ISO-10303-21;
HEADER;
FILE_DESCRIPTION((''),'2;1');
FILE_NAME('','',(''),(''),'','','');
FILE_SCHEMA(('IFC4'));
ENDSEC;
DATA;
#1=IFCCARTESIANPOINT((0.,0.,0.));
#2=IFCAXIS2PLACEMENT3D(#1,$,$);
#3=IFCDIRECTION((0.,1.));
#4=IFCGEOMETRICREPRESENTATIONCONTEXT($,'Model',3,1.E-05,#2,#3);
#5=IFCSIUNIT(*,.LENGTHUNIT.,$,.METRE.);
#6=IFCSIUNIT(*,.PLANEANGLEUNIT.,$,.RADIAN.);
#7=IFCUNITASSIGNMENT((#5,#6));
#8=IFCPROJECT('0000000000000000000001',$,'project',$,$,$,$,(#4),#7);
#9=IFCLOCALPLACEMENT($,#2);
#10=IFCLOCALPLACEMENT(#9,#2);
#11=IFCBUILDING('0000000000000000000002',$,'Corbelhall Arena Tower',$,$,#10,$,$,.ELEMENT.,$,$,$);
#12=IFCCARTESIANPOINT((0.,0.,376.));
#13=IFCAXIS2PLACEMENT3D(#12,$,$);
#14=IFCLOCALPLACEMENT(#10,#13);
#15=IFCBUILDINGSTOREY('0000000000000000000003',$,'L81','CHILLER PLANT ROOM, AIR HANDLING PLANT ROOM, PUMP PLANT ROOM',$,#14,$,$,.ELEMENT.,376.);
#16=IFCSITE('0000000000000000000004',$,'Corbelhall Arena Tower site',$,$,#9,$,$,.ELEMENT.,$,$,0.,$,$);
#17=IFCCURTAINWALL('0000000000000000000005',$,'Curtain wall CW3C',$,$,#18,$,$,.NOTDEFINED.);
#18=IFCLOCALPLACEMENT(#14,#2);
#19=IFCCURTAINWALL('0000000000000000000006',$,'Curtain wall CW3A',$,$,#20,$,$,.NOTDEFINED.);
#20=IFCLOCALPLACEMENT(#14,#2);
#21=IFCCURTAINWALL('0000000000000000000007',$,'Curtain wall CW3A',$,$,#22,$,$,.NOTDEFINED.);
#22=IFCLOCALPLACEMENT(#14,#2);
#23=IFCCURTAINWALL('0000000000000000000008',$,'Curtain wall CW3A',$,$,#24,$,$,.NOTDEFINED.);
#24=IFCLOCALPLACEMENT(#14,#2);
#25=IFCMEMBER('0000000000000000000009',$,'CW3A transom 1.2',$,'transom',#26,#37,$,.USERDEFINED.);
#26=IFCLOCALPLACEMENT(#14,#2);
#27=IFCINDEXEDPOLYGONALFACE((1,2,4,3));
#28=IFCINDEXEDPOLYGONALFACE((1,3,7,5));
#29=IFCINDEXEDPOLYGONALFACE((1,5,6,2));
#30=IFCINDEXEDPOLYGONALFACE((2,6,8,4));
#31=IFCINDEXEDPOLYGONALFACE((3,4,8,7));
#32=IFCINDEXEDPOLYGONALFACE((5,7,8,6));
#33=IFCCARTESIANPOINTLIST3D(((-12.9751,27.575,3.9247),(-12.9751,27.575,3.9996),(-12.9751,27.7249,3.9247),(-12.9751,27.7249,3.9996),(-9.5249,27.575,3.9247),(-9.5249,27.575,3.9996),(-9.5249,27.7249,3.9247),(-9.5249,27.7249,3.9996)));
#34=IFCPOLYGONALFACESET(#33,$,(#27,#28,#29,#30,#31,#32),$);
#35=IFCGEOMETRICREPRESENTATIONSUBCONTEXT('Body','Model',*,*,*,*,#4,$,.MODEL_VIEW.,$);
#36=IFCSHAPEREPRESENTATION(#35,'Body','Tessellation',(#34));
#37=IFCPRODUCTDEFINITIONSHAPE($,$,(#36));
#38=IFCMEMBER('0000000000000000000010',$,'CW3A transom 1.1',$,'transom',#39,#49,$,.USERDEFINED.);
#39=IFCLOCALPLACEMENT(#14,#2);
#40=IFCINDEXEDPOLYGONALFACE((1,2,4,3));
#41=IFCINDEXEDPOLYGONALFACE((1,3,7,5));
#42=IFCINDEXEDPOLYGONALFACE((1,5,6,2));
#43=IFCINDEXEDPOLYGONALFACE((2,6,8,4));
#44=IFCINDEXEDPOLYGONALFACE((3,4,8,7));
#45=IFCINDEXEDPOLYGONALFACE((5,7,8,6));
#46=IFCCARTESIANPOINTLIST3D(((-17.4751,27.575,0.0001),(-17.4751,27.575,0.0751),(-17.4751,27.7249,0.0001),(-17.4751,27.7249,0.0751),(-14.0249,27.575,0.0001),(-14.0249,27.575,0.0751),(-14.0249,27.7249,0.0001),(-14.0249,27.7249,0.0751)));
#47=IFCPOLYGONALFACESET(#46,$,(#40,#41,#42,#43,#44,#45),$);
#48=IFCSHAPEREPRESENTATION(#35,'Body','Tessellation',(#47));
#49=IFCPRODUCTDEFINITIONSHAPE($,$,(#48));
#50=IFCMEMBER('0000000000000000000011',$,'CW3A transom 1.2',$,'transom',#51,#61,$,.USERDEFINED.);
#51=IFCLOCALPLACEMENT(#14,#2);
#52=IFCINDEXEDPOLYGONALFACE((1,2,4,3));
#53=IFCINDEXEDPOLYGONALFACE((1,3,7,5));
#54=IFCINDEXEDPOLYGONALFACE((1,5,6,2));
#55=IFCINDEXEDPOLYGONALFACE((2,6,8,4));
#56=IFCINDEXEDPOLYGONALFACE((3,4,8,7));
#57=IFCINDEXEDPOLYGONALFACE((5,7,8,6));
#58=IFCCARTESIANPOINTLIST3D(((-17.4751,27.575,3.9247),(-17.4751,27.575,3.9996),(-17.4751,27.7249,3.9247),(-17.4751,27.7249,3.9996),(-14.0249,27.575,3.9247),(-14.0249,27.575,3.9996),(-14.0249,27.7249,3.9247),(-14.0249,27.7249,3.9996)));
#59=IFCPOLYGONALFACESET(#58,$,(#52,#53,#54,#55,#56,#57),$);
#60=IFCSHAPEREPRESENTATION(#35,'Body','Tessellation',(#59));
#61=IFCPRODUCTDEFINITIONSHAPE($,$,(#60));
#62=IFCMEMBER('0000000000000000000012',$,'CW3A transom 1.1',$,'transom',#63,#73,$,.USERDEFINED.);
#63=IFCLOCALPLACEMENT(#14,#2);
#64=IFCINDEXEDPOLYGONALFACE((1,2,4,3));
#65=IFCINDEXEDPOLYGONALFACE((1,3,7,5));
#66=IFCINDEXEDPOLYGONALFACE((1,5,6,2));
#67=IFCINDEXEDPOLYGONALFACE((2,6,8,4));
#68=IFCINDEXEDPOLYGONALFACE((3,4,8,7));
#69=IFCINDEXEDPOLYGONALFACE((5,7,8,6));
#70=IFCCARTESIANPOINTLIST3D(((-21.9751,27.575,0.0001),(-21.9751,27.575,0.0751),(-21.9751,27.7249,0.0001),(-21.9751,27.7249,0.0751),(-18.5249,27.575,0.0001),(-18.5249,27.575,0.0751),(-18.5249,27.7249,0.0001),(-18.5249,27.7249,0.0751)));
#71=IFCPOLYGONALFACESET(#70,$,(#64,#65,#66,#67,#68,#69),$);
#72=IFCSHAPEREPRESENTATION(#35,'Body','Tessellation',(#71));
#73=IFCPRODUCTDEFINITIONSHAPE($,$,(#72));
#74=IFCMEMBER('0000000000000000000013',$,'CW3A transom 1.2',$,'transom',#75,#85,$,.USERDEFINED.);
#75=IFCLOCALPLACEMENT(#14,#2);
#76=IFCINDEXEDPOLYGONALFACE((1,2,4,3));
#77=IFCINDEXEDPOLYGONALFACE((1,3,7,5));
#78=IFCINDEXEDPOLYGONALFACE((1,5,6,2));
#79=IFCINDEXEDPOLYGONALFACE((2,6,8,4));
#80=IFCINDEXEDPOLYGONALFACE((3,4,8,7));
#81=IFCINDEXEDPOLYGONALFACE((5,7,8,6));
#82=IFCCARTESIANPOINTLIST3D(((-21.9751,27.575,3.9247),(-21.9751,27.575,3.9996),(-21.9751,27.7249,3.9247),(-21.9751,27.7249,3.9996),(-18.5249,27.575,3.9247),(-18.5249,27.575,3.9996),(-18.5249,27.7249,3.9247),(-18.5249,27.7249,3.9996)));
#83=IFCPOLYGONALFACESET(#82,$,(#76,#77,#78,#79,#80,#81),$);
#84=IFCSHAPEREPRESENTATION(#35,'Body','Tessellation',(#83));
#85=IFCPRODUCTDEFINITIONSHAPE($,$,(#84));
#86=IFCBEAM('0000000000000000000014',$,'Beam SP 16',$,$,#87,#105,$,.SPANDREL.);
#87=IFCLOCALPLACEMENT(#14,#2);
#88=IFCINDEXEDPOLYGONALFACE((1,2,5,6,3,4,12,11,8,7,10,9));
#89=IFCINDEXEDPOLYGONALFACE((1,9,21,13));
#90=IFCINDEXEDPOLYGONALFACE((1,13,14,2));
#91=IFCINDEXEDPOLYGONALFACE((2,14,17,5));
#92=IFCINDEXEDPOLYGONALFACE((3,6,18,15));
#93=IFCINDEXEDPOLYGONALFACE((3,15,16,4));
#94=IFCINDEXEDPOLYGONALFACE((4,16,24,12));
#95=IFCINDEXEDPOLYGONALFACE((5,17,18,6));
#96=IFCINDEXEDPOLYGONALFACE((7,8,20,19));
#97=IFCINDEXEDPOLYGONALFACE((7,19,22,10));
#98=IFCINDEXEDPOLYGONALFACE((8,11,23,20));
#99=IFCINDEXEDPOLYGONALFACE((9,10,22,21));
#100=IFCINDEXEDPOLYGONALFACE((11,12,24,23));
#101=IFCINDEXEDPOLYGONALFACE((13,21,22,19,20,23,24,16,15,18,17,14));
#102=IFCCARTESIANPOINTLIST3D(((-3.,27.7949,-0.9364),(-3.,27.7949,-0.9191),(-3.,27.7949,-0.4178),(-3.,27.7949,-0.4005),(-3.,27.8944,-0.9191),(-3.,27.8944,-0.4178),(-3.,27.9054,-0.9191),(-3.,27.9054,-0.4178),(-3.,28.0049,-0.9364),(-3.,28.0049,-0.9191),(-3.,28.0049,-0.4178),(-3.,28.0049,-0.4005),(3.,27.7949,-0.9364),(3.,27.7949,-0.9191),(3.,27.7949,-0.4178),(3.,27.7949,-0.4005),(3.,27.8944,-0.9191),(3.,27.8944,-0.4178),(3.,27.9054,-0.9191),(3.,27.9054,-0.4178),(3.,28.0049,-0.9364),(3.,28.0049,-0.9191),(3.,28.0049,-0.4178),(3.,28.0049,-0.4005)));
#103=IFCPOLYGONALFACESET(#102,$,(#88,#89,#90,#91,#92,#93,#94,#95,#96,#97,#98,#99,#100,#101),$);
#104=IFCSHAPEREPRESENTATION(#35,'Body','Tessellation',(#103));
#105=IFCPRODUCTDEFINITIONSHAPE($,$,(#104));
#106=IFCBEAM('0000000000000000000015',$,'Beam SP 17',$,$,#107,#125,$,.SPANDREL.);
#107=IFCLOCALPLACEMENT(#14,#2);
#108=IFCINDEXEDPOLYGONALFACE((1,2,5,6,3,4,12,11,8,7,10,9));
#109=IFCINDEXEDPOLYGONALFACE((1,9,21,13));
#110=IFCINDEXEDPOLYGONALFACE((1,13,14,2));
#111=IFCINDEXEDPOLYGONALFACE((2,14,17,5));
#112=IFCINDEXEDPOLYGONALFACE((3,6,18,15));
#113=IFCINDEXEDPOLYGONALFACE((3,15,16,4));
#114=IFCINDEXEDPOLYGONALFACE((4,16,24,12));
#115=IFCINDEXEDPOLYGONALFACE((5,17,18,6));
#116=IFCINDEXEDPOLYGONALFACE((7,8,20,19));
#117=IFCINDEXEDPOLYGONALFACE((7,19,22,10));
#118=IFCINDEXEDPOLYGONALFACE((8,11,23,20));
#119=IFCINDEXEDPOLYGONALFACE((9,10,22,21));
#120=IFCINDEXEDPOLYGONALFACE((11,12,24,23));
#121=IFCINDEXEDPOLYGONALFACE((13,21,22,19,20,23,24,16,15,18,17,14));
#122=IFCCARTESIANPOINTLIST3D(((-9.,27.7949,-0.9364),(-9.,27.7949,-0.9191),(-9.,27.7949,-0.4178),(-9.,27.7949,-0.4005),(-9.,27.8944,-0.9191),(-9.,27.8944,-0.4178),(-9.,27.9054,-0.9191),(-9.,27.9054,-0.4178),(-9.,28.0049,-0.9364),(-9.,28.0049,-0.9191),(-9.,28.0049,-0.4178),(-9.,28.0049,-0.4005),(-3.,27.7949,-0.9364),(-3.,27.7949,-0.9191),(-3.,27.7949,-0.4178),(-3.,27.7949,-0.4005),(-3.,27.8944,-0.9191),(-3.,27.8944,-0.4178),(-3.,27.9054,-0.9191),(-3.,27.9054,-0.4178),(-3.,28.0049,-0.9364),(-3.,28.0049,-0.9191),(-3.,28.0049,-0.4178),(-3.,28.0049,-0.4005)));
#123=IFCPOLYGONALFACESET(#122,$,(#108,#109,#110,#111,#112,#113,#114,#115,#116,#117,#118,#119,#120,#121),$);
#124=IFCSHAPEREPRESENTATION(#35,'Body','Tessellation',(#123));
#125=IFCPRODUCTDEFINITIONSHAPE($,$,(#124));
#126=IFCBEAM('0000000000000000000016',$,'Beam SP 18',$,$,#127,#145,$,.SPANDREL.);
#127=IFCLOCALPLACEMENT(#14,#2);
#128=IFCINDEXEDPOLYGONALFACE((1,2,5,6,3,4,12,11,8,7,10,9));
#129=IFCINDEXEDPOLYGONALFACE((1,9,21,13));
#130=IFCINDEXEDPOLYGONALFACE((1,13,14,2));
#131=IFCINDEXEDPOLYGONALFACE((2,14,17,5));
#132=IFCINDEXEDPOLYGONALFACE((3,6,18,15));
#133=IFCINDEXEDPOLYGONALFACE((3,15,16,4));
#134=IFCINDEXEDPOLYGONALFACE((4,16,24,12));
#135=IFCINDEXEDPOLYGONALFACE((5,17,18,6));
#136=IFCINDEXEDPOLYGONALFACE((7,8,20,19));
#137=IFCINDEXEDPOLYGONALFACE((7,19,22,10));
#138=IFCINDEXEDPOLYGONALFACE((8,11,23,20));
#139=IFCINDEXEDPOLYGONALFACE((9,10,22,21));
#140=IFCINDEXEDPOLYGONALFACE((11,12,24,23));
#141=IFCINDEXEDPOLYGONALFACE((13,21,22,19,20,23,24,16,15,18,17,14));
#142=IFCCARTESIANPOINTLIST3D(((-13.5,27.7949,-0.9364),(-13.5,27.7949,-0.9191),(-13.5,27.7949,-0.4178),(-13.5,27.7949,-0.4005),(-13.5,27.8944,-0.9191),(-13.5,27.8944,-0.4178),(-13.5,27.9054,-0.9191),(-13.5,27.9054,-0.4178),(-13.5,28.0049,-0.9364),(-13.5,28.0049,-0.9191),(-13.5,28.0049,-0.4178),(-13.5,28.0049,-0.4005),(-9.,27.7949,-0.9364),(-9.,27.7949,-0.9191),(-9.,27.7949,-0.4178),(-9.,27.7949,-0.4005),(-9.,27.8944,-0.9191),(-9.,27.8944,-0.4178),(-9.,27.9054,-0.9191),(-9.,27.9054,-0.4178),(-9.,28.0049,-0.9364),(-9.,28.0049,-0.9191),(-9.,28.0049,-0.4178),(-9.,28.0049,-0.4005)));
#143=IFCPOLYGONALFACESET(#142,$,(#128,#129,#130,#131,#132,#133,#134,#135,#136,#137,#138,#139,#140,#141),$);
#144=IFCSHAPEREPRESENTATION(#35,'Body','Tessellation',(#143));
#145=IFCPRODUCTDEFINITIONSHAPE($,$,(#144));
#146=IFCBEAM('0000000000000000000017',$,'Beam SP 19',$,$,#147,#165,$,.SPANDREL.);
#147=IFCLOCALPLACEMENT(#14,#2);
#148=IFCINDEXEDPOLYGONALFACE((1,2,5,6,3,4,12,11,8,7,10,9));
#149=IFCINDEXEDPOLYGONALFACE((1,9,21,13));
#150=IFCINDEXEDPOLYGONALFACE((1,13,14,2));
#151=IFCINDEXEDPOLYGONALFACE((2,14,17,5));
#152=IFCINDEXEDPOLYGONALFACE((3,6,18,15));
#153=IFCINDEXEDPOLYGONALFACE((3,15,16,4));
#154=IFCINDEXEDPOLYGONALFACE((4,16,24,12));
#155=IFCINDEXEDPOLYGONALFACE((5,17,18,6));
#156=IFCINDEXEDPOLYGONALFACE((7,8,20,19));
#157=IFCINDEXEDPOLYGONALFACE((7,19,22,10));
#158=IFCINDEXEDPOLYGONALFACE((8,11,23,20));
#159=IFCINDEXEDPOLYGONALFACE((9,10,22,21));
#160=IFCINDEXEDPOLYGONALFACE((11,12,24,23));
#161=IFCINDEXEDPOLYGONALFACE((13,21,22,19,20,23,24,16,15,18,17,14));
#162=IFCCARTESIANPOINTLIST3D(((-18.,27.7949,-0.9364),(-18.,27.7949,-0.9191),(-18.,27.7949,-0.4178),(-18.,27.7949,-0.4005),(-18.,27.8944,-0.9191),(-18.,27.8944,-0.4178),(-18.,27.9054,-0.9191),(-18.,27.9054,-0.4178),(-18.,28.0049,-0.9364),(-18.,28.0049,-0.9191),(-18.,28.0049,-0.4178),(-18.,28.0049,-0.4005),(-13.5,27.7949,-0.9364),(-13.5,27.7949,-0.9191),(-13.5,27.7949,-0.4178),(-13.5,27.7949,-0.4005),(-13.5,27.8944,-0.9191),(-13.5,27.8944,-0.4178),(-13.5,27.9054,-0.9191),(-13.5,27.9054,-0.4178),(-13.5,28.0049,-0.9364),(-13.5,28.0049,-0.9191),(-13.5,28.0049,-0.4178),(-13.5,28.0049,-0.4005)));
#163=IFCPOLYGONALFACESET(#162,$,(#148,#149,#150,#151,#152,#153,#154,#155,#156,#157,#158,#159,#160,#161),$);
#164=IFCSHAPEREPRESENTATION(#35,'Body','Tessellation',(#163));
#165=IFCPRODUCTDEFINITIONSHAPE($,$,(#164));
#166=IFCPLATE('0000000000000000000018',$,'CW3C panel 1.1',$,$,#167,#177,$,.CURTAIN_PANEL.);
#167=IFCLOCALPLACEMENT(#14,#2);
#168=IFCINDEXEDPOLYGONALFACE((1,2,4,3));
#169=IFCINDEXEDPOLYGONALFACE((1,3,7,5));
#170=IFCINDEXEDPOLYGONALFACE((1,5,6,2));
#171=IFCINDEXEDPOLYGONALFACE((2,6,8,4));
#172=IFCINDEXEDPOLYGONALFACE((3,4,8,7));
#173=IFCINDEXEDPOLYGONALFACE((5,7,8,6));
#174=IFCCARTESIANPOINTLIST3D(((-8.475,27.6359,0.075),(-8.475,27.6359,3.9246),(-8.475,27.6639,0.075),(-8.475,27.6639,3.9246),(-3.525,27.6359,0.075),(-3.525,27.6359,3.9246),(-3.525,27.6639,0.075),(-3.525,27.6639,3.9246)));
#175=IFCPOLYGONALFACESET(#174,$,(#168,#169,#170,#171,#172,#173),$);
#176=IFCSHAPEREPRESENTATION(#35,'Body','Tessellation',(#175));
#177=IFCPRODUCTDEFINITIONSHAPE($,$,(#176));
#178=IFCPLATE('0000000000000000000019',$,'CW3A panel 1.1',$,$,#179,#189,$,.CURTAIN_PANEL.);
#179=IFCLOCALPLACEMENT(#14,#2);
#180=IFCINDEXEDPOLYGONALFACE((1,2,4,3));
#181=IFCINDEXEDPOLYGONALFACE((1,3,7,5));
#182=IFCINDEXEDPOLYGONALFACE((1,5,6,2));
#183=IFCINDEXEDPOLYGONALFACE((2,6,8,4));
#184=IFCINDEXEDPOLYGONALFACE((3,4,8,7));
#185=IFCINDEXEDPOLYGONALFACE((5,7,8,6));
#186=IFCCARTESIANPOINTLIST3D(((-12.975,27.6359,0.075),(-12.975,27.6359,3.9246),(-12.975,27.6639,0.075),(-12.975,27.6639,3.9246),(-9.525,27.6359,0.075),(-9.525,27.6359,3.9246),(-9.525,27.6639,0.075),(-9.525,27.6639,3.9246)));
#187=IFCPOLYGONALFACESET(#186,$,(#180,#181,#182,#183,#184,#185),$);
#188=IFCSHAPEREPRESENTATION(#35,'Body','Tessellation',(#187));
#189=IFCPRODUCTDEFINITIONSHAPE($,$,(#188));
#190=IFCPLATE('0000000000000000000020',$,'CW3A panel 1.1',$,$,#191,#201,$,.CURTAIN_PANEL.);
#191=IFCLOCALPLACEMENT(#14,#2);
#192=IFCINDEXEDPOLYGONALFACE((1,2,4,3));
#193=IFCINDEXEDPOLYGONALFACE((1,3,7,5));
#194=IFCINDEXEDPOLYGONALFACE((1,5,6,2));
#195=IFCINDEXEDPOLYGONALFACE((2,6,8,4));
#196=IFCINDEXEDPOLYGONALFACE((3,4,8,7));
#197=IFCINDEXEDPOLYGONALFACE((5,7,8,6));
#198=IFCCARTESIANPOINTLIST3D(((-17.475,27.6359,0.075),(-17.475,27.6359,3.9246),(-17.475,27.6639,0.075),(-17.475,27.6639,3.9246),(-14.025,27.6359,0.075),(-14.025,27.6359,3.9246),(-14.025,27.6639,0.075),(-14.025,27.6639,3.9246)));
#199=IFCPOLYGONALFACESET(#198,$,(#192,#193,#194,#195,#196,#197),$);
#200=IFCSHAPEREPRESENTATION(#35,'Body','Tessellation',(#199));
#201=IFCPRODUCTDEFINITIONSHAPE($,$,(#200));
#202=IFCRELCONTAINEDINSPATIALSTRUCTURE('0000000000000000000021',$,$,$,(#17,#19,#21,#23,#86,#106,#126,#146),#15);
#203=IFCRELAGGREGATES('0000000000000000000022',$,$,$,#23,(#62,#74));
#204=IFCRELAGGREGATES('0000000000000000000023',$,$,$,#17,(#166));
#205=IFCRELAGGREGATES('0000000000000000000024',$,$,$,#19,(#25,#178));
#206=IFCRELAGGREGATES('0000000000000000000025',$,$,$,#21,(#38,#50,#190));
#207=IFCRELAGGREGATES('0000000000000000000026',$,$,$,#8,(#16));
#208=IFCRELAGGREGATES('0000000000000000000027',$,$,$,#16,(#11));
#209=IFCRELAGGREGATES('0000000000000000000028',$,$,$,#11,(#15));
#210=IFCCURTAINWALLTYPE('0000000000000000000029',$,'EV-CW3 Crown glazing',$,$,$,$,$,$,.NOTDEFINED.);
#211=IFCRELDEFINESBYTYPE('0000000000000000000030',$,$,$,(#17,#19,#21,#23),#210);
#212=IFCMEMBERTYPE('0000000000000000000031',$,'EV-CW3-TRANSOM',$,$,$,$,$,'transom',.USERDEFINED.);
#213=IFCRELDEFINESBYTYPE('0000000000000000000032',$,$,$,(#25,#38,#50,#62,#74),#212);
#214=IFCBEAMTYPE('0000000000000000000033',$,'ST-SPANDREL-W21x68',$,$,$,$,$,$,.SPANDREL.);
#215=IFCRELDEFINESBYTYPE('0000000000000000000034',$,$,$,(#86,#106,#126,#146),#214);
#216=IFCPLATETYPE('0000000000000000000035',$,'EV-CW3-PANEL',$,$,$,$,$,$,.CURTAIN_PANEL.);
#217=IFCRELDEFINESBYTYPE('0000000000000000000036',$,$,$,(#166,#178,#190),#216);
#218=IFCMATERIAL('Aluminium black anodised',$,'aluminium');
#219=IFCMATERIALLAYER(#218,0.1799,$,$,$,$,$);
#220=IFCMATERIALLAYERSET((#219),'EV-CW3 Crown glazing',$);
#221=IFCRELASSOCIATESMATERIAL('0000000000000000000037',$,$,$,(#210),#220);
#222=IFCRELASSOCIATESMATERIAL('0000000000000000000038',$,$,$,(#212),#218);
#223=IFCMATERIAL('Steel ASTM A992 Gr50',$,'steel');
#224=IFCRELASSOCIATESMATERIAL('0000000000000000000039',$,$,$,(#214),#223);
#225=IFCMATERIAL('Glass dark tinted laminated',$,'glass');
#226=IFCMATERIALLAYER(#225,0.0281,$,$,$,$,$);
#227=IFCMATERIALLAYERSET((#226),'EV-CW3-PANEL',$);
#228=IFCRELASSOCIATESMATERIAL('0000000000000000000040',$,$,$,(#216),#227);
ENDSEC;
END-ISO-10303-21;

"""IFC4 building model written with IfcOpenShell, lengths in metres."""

from ifc_helpers import new_model, si_unit, direction, frame, origin, origin_2d, place, context, subcontext, project, spatial, rectangle, i_section, extrude, material, layer, layer_set, material_profile, profile_set, type_object, element, aggregate, save


model = new_model("IFC4")

# Units and contexts
model_context = context("Model", 3, precision=1e-05, world=origin(), true_north=direction((0.0, 1.0)))
body_context = subcontext(model_context, "Body", "Model", "MODEL_VIEW")
ifc_project = project(units=[si_unit("LENGTHUNIT", "METRE"), si_unit("PLANEANGLEUNIT", "RADIAN")], contexts=[model_context])

# Site, building, storey
site_placement = place(None, origin())
site = spatial("IfcSite", under=ifc_project, at=site_placement, Name="Corbelhall Arena Tower site", CompositionType="ELEMENT", RefElevation=0.0)
building_placement = place(site_placement, origin())
building = spatial("IfcBuilding", under=site, at=building_placement, Name="Corbelhall Arena Tower", CompositionType="ELEMENT")
storey_placement = place(building_placement, frame((0.0, 0.0, 376.0)))
storey = spatial("IfcBuildingStorey", under=building, at=storey_placement, Name="L81", Description="CHILLER PLANT ROOM, AIR HANDLING PLANT ROOM, PUMP PLANT ROOM", CompositionType="ELEMENT", Elevation=376.0)

# Shared definitions
ifc_material_1 = material(Name="Aluminium black anodised", Category="aluminium")
ifc_layer_1 = layer(ifc_material_1, 0.1799)
ifc_layer_set_1 = layer_set([ifc_layer_1], Name="EV-CW3 Crown glazing")
curtain_wall_type = type_object("IfcCurtainWallType", Name="EV-CW3 Crown glazing", PredefinedType="NOTDEFINED", material=ifc_layer_set_1)

# Curtain walls
curtain_wall_1_placement = place(storey_placement, origin())
curtain_wall_1 = element("IfcCurtainWall", 1, at=curtain_wall_1_placement, inside=storey, type_object=curtain_wall_type, Name="Curtain wall CW3C", PredefinedType="NOTDEFINED")
curtain_wall_2_placement = place(storey_placement, origin())
curtain_wall_2 = element("IfcCurtainWall", 2, at=curtain_wall_2_placement, inside=storey, type_object=curtain_wall_type, Name="Curtain wall CW3A", PredefinedType="NOTDEFINED")
curtain_wall_3_placement = place(storey_placement, origin())
curtain_wall_3 = element("IfcCurtainWall", 3, at=curtain_wall_3_placement, inside=storey, type_object=curtain_wall_type, Name="Curtain wall CW3A", PredefinedType="NOTDEFINED")

# Curtain wall
curtain_wall_4_placement = place(storey_placement, origin())
curtain_wall_4 = element("IfcCurtainWall", 4, at=curtain_wall_4_placement, inside=storey, type_object=curtain_wall_type, Name="Curtain wall CW3A", PredefinedType="NOTDEFINED")

# Members
ifc_material_profile_1 = material_profile(ifc_material_1, rectangle(XDim=0.1499, YDim=0.075, at=origin_2d()))
ifc_profile_set_1 = profile_set([ifc_material_profile_1], Name="Aluminium black anodised")
member_type_1 = type_object("IfcMemberType", Name="EV-CW3-TRANSOM", ElementType="transom", PredefinedType="USERDEFINED", material=ifc_profile_set_1)
member_1_placement = place(storey_placement, frame((-9.5249, 27.6499, 3.9622), z_axis=(-1.0, 0.0, 0.0), x_axis=(0.0, -1.0, 0.0)))
member_1 = element("IfcMember", 5, at=member_1_placement, type_object=member_type_1, Name="CW3A transom 1.2", ObjectType="transom", PredefinedType="USERDEFINED", context=body_context, shape_type="SweptSolid", body=[
    extrude(rectangle(XDim=0.1499, YDim=0.075, at=origin_2d()), origin(), (0.0, 0.0, 1.0), 3.4502),
])
member_2_placement = place(storey_placement, frame((-14.0249, 27.6499, 0.0376), z_axis=(-1.0, 0.0, 0.0), x_axis=(0.0, -1.0, 0.0)))
member_2 = element("IfcMember", 6, at=member_2_placement, type_object=member_type_1, Name="CW3A transom 1.1", ObjectType="transom", PredefinedType="USERDEFINED", context=body_context, shape_type="SweptSolid", body=[
    extrude(rectangle(XDim=0.1499, YDim=0.075, at=origin_2d()), origin(), (0.0, 0.0, 1.0), 3.4502),
])
member_3_placement = place(storey_placement, frame((-14.0249, 27.6499, 3.9622), z_axis=(-1.0, 0.0, 0.0), x_axis=(0.0, -1.0, 0.0)))
member_3 = element("IfcMember", 7, at=member_3_placement, type_object=member_type_1, Name="CW3A transom 1.2", ObjectType="transom", PredefinedType="USERDEFINED", context=body_context, shape_type="SweptSolid", body=[
    extrude(rectangle(XDim=0.1499, YDim=0.075, at=origin_2d()), origin(), (0.0, 0.0, 1.0), 3.4502),
])
member_4_placement = place(storey_placement, frame((-18.5249, 27.6499, 0.0376), z_axis=(-1.0, 0.0, 0.0), x_axis=(0.0, -1.0, 0.0)))
member_4 = element("IfcMember", 8, at=member_4_placement, type_object=member_type_1, Name="CW3A transom 1.1", ObjectType="transom", PredefinedType="USERDEFINED", context=body_context, shape_type="SweptSolid", body=[
    extrude(rectangle(XDim=0.1499, YDim=0.075, at=origin_2d()), origin(), (0.0, 0.0, 1.0), 3.4502),
])
member_5_placement = place(storey_placement, frame((-18.5249, 27.6499, 3.9622), z_axis=(-1.0, 0.0, 0.0), x_axis=(0.0, -1.0, 0.0)))
member_5 = element("IfcMember", 9, at=member_5_placement, type_object=member_type_1, Name="CW3A transom 1.2", ObjectType="transom", PredefinedType="USERDEFINED", context=body_context, shape_type="SweptSolid", body=[
    extrude(rectangle(XDim=0.1499, YDim=0.075, at=origin_2d()), origin(), (0.0, 0.0, 1.0), 3.4502),
])
aggregate(curtain_wall_4, [member_4, member_5])

# Beams
ifc_material_2 = material(Name="Steel ASTM A992 Gr50", Category="steel")
ifc_material_profile_2 = material_profile(ifc_material_2, i_section(OverallWidth=0.21, OverallDepth=0.5359, WebThickness=0.011, FlangeThickness=0.0173, at=origin_2d()))
ifc_profile_set_2 = profile_set([ifc_material_profile_2], Name="Steel ASTM A992 Gr50")
beam_type = type_object("IfcBeamType", Name="ST-SPANDREL-W21x68", PredefinedType="SPANDREL", material=ifc_profile_set_2)
for number, where, z_axis, x_axis, name in (
    (10, (-3.0, 27.8999, -0.6685), (1.0, 0.0, 0.0), (0.0, 1.0, 0.0), "Beam SP 16"),
    (11, (-9.0, 27.8999, -0.6685), (1.0, 0.0, 0.0), (0.0, 1.0, 0.0), "Beam SP 17"),
):
    element("IfcBeam", number, at=place(storey_placement, frame(where, z_axis=z_axis, x_axis=x_axis)), inside=storey, type_object=beam_type, Name=name, PredefinedType="SPANDREL", context=body_context, shape_type="SweptSolid", body=[
        extrude(i_section(OverallWidth=0.21, OverallDepth=0.5359, WebThickness=0.011, FlangeThickness=0.0173, at=origin_2d()), origin(), (0.0, 0.0, 1.0), 6.0),
    ])
for number, where, z_axis, x_axis, name in (
    (12, (-13.5, 27.8999, -0.6685), (1.0, 0.0, 0.0), (0.0, 1.0, 0.0), "Beam SP 18"),
    (13, (-18.0, 27.8999, -0.6685), (1.0, 0.0, 0.0), (0.0, 1.0, 0.0), "Beam SP 19"),
):
    element("IfcBeam", number, at=place(storey_placement, frame(where, z_axis=z_axis, x_axis=x_axis)), inside=storey, type_object=beam_type, Name=name, PredefinedType="SPANDREL", context=body_context, shape_type="SweptSolid", body=[
        extrude(i_section(OverallWidth=0.21, OverallDepth=0.5359, WebThickness=0.011, FlangeThickness=0.0173, at=origin_2d()), origin(), (0.0, 0.0, 1.0), 4.5),
    ])

# Plates
ifc_material_3 = material(Name="Glass dark tinted laminated", Category="glass")
ifc_layer_2 = layer(ifc_material_3, 0.0281)
ifc_layer_set_2 = layer_set([ifc_layer_2], Name="EV-CW3-PANEL")
plate_type = type_object("IfcPlateType", Name="EV-CW3-PANEL", PredefinedType="CURTAIN_PANEL", material=ifc_layer_set_2)
plate_1_placement = place(storey_placement, frame((-6.0, 27.6499, 0.075), z_axis=(0.0, 0.0, 1.0), x_axis=(-1.0, 0.0, 0.0)))
plate_1 = element("IfcPlate", 14, at=plate_1_placement, type_object=plate_type, Name="CW3C panel 1.1", PredefinedType="CURTAIN_PANEL", context=body_context, shape_type="SweptSolid", body=[
    extrude(rectangle(XDim=4.95, YDim=0.0281, at=origin_2d()), origin(), (0.0, 0.0, 1.0), 3.8496),
])
aggregate(curtain_wall_1, [plate_1])
plate_2_placement = place(storey_placement, frame((-11.25, 27.6499, 0.075), z_axis=(0.0, 0.0, 1.0), x_axis=(-1.0, 0.0, 0.0)))
plate_2 = element("IfcPlate", 15, at=plate_2_placement, type_object=plate_type, Name="CW3A panel 1.1", PredefinedType="CURTAIN_PANEL", context=body_context, shape_type="SweptSolid", body=[
    extrude(rectangle(XDim=3.45, YDim=0.0281, at=origin_2d()), origin(), (0.0, 0.0, 1.0), 3.8496),
])
aggregate(curtain_wall_2, [member_1, plate_2])
plate_3_placement = place(storey_placement, frame((-15.75, 27.6499, 0.075), z_axis=(0.0, 0.0, 1.0), x_axis=(-1.0, 0.0, 0.0)))
plate_3 = element("IfcPlate", 16, at=plate_3_placement, type_object=plate_type, Name="CW3A panel 1.1", PredefinedType="CURTAIN_PANEL", context=body_context, shape_type="SweptSolid", body=[
    extrude(rectangle(XDim=3.45, YDim=0.0281, at=origin_2d()), origin(), (0.0, 0.0, 1.0), 3.8496),
])
aggregate(curtain_wall_3, [member_2, member_3, plate_3])

save(model, "model.ifc")
